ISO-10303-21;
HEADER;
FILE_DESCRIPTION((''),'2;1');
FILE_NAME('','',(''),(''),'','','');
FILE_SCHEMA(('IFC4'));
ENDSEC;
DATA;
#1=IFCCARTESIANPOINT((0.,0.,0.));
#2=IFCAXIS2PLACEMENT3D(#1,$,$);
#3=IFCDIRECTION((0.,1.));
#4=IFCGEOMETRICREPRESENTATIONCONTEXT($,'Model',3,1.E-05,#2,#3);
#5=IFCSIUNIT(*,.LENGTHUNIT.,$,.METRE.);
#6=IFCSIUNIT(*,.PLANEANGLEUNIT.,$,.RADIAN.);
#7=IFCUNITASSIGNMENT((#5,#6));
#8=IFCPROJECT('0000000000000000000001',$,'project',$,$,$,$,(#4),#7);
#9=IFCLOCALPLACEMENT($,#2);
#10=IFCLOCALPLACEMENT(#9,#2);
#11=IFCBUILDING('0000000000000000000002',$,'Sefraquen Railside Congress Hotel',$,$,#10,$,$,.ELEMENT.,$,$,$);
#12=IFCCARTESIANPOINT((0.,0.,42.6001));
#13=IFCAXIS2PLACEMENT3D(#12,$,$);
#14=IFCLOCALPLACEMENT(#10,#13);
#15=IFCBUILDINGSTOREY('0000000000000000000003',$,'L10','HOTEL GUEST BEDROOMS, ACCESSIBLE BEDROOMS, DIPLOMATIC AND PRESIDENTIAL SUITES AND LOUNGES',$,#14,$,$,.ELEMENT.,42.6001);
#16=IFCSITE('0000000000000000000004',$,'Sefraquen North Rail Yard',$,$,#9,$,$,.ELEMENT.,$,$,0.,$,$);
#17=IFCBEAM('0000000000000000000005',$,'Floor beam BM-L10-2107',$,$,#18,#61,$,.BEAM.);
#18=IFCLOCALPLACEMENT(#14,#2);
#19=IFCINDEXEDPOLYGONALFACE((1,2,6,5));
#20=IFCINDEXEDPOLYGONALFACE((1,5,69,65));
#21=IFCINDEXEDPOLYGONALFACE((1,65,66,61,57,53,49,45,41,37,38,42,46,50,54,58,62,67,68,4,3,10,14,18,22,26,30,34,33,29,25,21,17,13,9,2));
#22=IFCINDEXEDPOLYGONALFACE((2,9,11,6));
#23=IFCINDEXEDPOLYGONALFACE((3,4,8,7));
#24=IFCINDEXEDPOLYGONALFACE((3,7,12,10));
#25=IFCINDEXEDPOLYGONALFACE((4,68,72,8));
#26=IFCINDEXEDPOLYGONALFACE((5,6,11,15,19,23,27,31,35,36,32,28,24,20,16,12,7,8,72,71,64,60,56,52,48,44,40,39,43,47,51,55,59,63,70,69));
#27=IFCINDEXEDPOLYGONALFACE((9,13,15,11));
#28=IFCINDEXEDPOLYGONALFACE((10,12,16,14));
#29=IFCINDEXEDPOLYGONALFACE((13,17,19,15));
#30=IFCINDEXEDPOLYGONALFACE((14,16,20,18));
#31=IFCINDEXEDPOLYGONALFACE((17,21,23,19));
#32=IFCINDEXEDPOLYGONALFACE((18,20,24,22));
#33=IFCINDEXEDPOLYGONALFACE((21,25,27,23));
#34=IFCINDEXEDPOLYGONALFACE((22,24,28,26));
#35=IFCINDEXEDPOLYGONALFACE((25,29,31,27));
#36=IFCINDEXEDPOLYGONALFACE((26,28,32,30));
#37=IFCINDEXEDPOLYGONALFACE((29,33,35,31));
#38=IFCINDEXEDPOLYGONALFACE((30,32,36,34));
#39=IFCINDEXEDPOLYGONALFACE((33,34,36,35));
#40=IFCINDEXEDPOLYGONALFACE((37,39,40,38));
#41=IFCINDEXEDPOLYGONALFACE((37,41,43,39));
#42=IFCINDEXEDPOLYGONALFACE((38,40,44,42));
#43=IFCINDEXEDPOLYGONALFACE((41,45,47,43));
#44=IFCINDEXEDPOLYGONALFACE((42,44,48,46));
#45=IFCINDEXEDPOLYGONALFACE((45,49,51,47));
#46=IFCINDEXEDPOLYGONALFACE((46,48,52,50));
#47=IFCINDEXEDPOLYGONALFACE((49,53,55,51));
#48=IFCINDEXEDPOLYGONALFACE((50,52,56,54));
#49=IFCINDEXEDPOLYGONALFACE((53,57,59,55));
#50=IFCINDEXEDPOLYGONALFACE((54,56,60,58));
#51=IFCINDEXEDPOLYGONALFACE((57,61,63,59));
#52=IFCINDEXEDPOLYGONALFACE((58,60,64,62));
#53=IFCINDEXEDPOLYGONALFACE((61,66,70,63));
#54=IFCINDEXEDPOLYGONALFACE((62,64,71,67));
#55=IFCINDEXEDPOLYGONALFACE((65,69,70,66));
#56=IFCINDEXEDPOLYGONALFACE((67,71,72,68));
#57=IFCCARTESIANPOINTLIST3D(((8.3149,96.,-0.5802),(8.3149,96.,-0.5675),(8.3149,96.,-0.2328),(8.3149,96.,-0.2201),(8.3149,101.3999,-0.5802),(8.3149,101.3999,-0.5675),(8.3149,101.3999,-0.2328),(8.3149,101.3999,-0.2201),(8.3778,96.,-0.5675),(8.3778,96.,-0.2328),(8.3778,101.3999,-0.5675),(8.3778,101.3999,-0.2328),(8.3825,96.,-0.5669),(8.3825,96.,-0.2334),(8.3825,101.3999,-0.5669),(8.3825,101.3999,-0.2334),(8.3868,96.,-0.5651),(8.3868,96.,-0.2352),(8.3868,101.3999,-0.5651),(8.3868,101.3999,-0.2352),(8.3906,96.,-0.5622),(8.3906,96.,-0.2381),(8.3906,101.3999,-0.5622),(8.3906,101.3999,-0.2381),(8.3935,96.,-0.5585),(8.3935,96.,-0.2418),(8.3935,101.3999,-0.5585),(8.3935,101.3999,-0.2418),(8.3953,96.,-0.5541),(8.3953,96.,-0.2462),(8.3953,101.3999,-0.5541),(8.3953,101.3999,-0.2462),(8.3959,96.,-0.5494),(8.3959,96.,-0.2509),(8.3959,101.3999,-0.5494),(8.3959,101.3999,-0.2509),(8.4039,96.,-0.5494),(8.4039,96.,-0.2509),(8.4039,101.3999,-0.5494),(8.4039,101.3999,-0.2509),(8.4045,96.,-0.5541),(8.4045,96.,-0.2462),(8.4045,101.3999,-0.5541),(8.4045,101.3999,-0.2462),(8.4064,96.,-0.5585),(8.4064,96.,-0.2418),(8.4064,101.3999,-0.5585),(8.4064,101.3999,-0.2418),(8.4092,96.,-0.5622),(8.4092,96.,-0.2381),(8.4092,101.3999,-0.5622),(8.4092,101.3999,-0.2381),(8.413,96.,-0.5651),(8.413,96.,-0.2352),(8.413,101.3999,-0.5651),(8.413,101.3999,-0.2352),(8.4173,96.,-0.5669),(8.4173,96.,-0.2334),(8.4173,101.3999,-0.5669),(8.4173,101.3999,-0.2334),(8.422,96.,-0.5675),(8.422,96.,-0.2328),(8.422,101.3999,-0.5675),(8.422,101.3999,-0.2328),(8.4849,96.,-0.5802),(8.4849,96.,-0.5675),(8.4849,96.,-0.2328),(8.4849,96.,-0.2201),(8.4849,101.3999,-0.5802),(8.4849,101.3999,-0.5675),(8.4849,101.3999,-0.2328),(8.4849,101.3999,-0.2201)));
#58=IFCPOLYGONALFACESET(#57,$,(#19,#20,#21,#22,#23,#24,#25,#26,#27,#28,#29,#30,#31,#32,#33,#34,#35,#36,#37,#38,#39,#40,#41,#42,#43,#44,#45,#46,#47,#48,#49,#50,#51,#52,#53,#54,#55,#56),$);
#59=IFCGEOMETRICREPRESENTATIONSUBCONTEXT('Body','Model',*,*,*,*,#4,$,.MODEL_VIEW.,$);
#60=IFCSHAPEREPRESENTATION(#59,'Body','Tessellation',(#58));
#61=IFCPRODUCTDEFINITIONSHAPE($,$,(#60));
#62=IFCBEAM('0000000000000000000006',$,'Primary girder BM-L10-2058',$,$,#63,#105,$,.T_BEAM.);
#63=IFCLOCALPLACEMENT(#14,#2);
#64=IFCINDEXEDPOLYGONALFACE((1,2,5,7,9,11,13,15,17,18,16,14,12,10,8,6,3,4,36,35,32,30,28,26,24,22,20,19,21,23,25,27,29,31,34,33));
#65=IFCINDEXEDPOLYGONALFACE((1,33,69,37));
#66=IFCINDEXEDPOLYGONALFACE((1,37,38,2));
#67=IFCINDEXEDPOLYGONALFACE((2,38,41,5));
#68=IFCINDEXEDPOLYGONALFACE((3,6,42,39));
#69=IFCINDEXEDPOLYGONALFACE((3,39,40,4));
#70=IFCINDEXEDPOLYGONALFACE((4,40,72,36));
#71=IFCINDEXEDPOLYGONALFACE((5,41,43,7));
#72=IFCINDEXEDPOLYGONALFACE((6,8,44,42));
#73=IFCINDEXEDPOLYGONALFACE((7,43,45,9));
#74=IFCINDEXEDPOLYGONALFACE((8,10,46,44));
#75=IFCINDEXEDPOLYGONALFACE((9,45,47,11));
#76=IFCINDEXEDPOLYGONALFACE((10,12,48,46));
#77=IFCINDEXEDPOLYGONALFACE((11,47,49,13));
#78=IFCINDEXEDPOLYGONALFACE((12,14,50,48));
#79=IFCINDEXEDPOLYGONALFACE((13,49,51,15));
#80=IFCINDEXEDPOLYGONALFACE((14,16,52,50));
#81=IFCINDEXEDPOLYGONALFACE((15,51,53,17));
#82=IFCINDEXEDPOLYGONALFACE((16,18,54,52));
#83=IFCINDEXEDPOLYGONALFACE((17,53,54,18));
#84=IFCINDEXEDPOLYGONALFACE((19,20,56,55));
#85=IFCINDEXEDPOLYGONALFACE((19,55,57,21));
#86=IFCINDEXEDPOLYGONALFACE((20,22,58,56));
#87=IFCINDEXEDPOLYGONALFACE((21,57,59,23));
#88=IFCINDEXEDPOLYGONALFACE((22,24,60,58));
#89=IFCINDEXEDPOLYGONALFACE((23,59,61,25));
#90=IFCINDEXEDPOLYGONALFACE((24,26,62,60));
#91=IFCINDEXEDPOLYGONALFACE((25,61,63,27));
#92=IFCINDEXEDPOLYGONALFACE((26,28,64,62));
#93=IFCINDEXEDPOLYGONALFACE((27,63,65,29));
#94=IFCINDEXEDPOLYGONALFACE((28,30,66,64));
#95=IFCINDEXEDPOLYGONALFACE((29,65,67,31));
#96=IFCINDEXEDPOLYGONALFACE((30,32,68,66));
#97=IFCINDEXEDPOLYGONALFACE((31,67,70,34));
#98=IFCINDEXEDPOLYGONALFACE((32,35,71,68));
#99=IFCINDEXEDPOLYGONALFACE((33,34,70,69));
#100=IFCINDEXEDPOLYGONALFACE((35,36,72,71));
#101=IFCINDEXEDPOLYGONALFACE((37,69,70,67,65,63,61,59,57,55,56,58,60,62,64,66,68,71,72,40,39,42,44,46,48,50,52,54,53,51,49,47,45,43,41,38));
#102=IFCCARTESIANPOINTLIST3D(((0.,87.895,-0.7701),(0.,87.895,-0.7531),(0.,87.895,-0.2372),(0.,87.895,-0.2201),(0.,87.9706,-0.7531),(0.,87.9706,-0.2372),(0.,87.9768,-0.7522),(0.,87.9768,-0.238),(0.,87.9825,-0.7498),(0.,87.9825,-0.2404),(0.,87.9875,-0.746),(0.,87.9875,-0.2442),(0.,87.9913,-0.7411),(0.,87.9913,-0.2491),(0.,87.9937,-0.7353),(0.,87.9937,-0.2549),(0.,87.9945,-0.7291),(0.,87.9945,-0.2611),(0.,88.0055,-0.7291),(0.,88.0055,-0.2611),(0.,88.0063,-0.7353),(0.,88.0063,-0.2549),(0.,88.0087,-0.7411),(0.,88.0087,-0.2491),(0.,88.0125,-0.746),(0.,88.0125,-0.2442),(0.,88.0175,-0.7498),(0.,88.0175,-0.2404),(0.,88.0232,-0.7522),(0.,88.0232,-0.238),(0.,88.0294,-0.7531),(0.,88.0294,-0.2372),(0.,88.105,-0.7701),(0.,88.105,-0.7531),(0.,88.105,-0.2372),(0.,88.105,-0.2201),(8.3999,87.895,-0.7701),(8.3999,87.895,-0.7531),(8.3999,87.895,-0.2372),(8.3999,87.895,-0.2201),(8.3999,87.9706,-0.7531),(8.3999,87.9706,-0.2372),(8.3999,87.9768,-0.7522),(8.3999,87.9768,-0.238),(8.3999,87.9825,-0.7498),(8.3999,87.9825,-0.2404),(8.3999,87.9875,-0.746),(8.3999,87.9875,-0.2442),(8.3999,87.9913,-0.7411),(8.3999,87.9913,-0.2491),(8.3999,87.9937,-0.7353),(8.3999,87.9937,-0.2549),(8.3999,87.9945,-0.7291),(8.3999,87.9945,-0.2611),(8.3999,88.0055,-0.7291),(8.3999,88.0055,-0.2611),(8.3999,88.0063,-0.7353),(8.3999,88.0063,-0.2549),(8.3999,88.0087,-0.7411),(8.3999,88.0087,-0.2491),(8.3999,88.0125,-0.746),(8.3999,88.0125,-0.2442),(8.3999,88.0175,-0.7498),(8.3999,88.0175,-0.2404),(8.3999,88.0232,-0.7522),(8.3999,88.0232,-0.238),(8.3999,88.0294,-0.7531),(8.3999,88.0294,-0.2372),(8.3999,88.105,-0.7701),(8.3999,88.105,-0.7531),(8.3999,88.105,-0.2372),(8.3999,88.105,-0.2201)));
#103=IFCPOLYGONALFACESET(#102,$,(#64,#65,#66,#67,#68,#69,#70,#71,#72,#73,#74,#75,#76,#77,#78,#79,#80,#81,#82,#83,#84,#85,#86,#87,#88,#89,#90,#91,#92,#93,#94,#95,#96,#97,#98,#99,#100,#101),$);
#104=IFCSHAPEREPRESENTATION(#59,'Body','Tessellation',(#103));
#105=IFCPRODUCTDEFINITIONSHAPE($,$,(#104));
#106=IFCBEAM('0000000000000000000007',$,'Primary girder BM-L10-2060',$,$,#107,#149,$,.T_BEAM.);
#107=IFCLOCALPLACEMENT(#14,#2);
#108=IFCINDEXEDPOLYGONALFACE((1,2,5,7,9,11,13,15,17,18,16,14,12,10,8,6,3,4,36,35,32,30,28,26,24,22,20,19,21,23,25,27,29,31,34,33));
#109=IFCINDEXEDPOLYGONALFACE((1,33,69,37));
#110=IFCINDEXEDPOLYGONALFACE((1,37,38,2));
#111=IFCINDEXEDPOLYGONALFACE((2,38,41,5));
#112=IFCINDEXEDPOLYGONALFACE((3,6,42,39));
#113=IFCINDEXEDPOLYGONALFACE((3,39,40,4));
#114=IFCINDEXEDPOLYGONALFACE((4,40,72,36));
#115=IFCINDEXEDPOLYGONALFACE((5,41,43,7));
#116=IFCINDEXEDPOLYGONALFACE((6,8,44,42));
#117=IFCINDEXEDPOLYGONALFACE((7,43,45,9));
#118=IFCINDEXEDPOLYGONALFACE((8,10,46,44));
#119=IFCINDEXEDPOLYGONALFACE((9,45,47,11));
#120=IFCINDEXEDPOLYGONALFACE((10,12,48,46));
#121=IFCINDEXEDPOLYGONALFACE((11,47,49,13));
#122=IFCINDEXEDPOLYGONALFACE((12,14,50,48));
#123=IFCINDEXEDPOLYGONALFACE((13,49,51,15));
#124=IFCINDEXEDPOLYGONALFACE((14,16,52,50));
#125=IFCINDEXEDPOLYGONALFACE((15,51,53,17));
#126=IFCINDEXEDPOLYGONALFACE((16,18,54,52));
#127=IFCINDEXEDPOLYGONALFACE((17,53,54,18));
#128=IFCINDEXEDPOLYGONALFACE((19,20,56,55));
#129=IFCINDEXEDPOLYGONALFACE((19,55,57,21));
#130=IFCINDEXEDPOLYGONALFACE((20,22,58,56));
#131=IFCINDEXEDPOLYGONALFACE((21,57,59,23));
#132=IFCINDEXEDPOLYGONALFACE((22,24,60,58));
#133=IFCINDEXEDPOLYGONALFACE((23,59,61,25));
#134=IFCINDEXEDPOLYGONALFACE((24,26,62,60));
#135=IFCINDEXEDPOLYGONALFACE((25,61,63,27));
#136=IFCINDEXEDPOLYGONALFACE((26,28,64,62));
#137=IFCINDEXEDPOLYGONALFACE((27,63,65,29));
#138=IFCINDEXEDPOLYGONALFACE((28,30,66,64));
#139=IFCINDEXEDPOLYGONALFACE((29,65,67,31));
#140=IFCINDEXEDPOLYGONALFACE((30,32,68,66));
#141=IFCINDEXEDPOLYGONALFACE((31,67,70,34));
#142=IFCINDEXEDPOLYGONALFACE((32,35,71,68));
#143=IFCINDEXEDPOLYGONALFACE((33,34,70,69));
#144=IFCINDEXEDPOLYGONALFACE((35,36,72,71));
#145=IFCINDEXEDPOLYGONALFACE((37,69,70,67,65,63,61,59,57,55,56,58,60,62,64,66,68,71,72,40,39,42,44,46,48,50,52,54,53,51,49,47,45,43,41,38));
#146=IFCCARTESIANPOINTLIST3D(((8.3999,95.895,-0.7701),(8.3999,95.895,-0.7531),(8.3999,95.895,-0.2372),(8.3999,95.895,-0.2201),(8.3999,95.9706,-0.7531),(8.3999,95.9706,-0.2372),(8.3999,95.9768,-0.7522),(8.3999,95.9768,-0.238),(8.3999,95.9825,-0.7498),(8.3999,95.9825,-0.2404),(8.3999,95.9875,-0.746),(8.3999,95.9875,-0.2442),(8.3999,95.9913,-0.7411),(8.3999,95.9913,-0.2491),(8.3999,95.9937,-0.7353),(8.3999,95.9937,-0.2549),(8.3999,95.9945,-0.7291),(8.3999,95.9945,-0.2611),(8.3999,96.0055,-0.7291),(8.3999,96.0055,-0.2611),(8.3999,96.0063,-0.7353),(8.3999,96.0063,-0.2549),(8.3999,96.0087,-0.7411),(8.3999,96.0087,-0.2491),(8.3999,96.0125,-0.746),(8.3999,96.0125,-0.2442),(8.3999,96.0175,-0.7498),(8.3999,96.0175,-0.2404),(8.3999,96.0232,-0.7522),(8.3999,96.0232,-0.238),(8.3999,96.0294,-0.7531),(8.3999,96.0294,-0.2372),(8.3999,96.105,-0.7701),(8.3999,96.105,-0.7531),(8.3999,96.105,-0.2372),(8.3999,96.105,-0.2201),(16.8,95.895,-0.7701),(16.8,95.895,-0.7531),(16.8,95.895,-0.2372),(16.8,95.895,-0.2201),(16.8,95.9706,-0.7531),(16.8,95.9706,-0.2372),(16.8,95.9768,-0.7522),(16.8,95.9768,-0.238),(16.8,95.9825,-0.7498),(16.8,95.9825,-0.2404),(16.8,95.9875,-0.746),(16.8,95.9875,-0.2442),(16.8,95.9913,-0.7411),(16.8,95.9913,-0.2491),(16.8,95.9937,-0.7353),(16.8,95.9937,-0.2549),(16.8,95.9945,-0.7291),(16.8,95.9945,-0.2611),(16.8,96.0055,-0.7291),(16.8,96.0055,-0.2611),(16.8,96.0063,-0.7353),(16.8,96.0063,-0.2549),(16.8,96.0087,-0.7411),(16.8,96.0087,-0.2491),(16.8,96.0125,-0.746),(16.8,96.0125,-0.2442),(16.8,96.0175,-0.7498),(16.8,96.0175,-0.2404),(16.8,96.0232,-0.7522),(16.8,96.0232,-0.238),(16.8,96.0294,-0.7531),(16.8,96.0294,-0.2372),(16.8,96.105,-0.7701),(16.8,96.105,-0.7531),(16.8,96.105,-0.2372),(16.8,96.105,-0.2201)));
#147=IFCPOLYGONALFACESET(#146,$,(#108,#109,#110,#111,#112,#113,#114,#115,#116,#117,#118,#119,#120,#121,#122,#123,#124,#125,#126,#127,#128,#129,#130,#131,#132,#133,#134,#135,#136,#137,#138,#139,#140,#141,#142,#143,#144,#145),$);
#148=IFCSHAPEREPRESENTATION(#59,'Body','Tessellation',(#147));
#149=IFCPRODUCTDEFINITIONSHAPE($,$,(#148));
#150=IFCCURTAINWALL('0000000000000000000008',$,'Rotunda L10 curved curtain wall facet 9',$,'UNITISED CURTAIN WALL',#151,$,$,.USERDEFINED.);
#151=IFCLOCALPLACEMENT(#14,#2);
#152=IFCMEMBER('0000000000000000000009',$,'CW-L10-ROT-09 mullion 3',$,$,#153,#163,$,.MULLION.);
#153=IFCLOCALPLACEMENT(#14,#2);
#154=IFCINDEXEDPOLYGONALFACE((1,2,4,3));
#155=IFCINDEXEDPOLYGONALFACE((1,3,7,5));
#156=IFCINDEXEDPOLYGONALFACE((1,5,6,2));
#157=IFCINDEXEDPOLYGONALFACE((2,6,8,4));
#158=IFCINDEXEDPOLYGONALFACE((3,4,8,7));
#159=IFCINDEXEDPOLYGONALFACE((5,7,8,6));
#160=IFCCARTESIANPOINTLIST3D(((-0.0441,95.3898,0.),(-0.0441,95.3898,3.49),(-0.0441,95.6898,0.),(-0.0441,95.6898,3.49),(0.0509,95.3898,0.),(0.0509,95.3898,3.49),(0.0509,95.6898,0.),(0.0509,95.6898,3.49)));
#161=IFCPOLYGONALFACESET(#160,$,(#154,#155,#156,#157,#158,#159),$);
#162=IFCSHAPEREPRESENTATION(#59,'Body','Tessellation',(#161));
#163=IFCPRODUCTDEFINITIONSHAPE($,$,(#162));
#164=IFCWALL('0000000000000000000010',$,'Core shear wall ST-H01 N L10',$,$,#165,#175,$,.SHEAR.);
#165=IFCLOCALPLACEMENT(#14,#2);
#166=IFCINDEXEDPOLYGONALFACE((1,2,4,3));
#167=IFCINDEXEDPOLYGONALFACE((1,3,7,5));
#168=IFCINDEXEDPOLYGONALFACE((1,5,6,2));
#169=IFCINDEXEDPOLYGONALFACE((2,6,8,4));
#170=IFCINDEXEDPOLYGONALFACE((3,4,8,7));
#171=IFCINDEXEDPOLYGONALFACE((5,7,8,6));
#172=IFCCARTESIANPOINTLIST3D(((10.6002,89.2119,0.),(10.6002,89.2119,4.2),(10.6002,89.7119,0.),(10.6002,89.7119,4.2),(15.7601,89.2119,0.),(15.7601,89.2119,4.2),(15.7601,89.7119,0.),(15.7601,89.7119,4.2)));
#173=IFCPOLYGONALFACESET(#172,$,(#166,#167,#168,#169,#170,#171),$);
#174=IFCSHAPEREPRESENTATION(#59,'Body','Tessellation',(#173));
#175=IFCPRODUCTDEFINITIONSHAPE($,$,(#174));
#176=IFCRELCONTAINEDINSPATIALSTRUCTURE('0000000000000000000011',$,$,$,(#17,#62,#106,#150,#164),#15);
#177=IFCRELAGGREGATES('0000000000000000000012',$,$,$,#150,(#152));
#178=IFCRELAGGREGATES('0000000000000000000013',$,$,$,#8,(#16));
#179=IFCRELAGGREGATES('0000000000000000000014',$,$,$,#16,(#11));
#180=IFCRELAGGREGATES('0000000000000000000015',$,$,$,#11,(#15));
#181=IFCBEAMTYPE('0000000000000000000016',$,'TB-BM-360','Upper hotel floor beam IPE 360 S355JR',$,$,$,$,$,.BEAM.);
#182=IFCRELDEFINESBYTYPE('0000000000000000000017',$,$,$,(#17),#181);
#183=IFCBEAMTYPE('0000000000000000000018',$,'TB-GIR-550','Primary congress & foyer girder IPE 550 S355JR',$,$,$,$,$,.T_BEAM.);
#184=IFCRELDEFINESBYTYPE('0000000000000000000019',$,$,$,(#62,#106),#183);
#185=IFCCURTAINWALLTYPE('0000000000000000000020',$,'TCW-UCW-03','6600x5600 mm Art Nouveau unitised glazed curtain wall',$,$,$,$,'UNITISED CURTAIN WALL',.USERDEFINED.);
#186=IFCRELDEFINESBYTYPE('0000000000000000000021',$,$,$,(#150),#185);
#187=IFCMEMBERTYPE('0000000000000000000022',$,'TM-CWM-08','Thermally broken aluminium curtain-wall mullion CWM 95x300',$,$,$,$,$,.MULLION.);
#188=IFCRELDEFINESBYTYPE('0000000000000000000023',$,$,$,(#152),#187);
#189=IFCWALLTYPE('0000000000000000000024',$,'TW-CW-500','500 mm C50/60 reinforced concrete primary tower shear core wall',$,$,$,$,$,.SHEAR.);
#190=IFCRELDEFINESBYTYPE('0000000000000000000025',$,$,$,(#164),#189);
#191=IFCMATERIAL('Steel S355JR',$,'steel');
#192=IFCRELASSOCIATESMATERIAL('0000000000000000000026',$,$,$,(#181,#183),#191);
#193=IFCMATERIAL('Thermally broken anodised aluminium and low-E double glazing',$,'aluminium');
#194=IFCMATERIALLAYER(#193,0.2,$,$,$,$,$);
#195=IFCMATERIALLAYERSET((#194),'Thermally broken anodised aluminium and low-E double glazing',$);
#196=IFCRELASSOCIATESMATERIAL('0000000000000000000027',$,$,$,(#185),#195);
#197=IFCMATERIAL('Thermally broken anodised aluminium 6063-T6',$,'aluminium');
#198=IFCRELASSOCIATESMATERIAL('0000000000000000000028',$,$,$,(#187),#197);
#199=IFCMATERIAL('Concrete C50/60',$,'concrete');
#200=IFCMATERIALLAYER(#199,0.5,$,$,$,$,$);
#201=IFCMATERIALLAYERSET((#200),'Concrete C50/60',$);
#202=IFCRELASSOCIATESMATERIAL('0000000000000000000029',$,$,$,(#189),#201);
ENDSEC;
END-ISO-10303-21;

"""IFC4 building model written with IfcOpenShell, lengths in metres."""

from ifc_helpers import new_model, si_unit, direction, frame, frame_2d, origin, origin_2d, place, context, subcontext, project, spatial, rectangle, i_section, extrude, material, layer, layer_set, material_profile, profile_set, type_object, element, aggregate, save


model = new_model("IFC4")

# Units and contexts
model_context = context("Model", 3, precision=1e-05, world=origin(), true_north=direction((0.0, 1.0)))
body_context = subcontext(model_context, "Body", "Model", "MODEL_VIEW")
ifc_project = project(units=[si_unit("LENGTHUNIT", "METRE"), si_unit("PLANEANGLEUNIT", "RADIAN")], contexts=[model_context])

# Site, building, storey
site_placement = place(None, origin())
site = spatial("IfcSite", under=ifc_project, at=site_placement, Name="Sefraquen North Rail Yard", CompositionType="ELEMENT", RefElevation=0.0)
building_placement = place(site_placement, origin())
building = spatial("IfcBuilding", under=site, at=building_placement, Name="Sefraquen Railside Congress Hotel", CompositionType="ELEMENT")
storey_placement = place(building_placement, frame((0.0, 0.0, 42.6001)))
storey = spatial("IfcBuildingStorey", under=building, at=storey_placement, Name="L10", Description="HOTEL GUEST BEDROOMS, ACCESSIBLE BEDROOMS, DIPLOMATIC AND PRESIDENTIAL SUITES AND LOUNGES", CompositionType="ELEMENT", Elevation=42.6001)

# Shared definitions
ifc_material_1 = material(Name="Steel S355JR", Category="steel")

# Beams
ifc_material_profile_1 = material_profile(ifc_material_1, i_section(OverallWidth=0.1699, OverallDepth=0.3601, WebThickness=0.0081, FlangeThickness=0.0127, FilletRadius=0.0181, at=origin_2d()), Name="IPE 360")
ifc_profile_set_1 = profile_set([ifc_material_profile_1], Name="Steel S355JR")
beam_type_1 = type_object("IfcBeamType", Name="TB-BM-360", Description="Upper hotel floor beam IPE 360 S355JR", PredefinedType="BEAM", material=ifc_profile_set_1)
beam_1_placement = place(storey_placement, frame((8.3999, 96.0, -0.4001), z_axis=(0.0, 1.0, 0.0), x_axis=(-1.0, 0.0, 0.0)))
element("IfcBeam", 1, at=beam_1_placement, inside=storey, type_object=beam_type_1, Name="Floor beam BM-L10-2107", PredefinedType="BEAM", context=body_context, shape_type="SweptSolid", body=[
    extrude(i_section(OverallWidth=0.1699, OverallDepth=0.3601, WebThickness=0.0081, FlangeThickness=0.0127, FilletRadius=0.0181, at=origin_2d()), origin(), (0.0, 0.0, 1.0), 5.3999),
])
ifc_material_profile_2 = material_profile(ifc_material_1, i_section(OverallWidth=0.21, OverallDepth=0.55, WebThickness=0.011, FlangeThickness=0.0171, FilletRadius=0.0239, at=origin_2d()), Name="IPE 550")
ifc_profile_set_2 = profile_set([ifc_material_profile_2], Name="Steel S355JR")
beam_type_2 = type_object("IfcBeamType", Name="TB-GIR-550", Description="Primary congress & foyer girder IPE 550 S355JR", PredefinedType="T_BEAM", material=ifc_profile_set_2)
beam_2_placement = place(storey_placement, frame((0.0, 88.0, -0.4951), z_axis=(1.0, 0.0, 0.0), x_axis=(0.0, 1.0, 0.0)))
element("IfcBeam", 2, at=beam_2_placement, inside=storey, type_object=beam_type_2, Name="Primary girder BM-L10-2058", PredefinedType="T_BEAM", context=body_context, shape_type="SweptSolid", body=[
    extrude(i_section(OverallWidth=0.21, OverallDepth=0.55, WebThickness=0.011, FlangeThickness=0.0171, FilletRadius=0.0239, at=origin_2d()), origin(), (0.0, 0.0, 1.0), 8.3999),
])
beam_3_placement = place(storey_placement, frame((8.3999, 96.0, -0.4951), z_axis=(1.0, 0.0, 0.0), x_axis=(0.0, 1.0, 0.0)))
element("IfcBeam", 3, at=beam_3_placement, inside=storey, type_object=beam_type_2, Name="Primary girder BM-L10-2060", PredefinedType="T_BEAM", context=body_context, shape_type="SweptSolid", body=[
    extrude(i_section(OverallWidth=0.21, OverallDepth=0.55, WebThickness=0.011, FlangeThickness=0.0171, FilletRadius=0.0239, at=origin_2d()), origin(), (0.0, 0.0, 1.0), 8.4001),
])

# Curtain wall, member
ifc_material_2 = material(Name="Thermally broken anodised aluminium and low-E double glazing", Category="aluminium")
ifc_layer_1 = layer(ifc_material_2, 0.2)
ifc_layer_set_1 = layer_set([ifc_layer_1], Name="Thermally broken anodised aluminium and low-E double glazing")
curtain_wall_type = type_object("IfcCurtainWallType", Name="TCW-UCW-03", Description="6600x5600 mm Art Nouveau unitised glazed curtain wall", ElementType="UNITISED CURTAIN WALL", PredefinedType="USERDEFINED", material=ifc_layer_set_1)
curtain_wall_placement = place(storey_placement, origin())
curtain_wall = element("IfcCurtainWall", 4, at=curtain_wall_placement, inside=storey, type_object=curtain_wall_type, Name="Rotunda L10 curved curtain wall facet 9", ObjectType="UNITISED CURTAIN WALL", PredefinedType="USERDEFINED")
ifc_material_3 = material(Name="Thermally broken anodised aluminium 6063-T6", Category="aluminium")
ifc_material_profile_3 = material_profile(ifc_material_3, rectangle(XDim=0.095, YDim=0.3, at=origin_2d()), Name="CWM 95x300")
ifc_profile_set_3 = profile_set([ifc_material_profile_3], Name="Thermally broken anodised aluminium 6063-T6")
member_type = type_object("IfcMemberType", Name="TM-CWM-08", Description="Thermally broken aluminium curtain-wall mullion CWM 95x300", PredefinedType="MULLION", material=ifc_profile_set_3)
member_placement = place(storey_placement, frame((0.0034, 95.5398, 0.0), z_axis=(0.0, 0.0, 1.0), x_axis=(1.0, 0.0, 0.0)))
member = element("IfcMember", 5, at=member_placement, type_object=member_type, Name="CW-L10-ROT-09 mullion 3", PredefinedType="MULLION", context=body_context, shape_type="SweptSolid", body=[
    extrude(rectangle(XDim=0.095, YDim=0.3, at=origin_2d()), origin(), (0.0, 0.0, 1.0), 3.49),
])
aggregate(curtain_wall, [member])

# Wall
ifc_material_4 = material(Name="Concrete C50/60", Category="concrete")
ifc_layer_2 = layer(ifc_material_4, 0.5)
ifc_layer_set_2 = layer_set([ifc_layer_2], Name="Concrete C50/60")
wall_type_1 = type_object("IfcWallType", Name="TW-CW-500", Description="500 mm C50/60 reinforced concrete primary tower shear core wall", PredefinedType="SHEAR", material=ifc_layer_set_2)
wall_1_placement = place(storey_placement, frame((10.6001, 89.4619, 0.0), z_axis=(0.0, 0.0, 1.0), x_axis=(1.0, 0.0, 0.0)))
element("IfcWall", 6, at=wall_1_placement, inside=storey, type_object=wall_type_1, Name="Core shear wall ST-H01 N L10", PredefinedType="SHEAR", context=body_context, shape_type="SweptSolid", body=[
    extrude(rectangle(XDim=5.1599, YDim=0.5, at=frame_2d((2.5801, 0.0))), origin(), (0.0, 0.0, 1.0), 4.2),
])

save(model, "model.ifc")
